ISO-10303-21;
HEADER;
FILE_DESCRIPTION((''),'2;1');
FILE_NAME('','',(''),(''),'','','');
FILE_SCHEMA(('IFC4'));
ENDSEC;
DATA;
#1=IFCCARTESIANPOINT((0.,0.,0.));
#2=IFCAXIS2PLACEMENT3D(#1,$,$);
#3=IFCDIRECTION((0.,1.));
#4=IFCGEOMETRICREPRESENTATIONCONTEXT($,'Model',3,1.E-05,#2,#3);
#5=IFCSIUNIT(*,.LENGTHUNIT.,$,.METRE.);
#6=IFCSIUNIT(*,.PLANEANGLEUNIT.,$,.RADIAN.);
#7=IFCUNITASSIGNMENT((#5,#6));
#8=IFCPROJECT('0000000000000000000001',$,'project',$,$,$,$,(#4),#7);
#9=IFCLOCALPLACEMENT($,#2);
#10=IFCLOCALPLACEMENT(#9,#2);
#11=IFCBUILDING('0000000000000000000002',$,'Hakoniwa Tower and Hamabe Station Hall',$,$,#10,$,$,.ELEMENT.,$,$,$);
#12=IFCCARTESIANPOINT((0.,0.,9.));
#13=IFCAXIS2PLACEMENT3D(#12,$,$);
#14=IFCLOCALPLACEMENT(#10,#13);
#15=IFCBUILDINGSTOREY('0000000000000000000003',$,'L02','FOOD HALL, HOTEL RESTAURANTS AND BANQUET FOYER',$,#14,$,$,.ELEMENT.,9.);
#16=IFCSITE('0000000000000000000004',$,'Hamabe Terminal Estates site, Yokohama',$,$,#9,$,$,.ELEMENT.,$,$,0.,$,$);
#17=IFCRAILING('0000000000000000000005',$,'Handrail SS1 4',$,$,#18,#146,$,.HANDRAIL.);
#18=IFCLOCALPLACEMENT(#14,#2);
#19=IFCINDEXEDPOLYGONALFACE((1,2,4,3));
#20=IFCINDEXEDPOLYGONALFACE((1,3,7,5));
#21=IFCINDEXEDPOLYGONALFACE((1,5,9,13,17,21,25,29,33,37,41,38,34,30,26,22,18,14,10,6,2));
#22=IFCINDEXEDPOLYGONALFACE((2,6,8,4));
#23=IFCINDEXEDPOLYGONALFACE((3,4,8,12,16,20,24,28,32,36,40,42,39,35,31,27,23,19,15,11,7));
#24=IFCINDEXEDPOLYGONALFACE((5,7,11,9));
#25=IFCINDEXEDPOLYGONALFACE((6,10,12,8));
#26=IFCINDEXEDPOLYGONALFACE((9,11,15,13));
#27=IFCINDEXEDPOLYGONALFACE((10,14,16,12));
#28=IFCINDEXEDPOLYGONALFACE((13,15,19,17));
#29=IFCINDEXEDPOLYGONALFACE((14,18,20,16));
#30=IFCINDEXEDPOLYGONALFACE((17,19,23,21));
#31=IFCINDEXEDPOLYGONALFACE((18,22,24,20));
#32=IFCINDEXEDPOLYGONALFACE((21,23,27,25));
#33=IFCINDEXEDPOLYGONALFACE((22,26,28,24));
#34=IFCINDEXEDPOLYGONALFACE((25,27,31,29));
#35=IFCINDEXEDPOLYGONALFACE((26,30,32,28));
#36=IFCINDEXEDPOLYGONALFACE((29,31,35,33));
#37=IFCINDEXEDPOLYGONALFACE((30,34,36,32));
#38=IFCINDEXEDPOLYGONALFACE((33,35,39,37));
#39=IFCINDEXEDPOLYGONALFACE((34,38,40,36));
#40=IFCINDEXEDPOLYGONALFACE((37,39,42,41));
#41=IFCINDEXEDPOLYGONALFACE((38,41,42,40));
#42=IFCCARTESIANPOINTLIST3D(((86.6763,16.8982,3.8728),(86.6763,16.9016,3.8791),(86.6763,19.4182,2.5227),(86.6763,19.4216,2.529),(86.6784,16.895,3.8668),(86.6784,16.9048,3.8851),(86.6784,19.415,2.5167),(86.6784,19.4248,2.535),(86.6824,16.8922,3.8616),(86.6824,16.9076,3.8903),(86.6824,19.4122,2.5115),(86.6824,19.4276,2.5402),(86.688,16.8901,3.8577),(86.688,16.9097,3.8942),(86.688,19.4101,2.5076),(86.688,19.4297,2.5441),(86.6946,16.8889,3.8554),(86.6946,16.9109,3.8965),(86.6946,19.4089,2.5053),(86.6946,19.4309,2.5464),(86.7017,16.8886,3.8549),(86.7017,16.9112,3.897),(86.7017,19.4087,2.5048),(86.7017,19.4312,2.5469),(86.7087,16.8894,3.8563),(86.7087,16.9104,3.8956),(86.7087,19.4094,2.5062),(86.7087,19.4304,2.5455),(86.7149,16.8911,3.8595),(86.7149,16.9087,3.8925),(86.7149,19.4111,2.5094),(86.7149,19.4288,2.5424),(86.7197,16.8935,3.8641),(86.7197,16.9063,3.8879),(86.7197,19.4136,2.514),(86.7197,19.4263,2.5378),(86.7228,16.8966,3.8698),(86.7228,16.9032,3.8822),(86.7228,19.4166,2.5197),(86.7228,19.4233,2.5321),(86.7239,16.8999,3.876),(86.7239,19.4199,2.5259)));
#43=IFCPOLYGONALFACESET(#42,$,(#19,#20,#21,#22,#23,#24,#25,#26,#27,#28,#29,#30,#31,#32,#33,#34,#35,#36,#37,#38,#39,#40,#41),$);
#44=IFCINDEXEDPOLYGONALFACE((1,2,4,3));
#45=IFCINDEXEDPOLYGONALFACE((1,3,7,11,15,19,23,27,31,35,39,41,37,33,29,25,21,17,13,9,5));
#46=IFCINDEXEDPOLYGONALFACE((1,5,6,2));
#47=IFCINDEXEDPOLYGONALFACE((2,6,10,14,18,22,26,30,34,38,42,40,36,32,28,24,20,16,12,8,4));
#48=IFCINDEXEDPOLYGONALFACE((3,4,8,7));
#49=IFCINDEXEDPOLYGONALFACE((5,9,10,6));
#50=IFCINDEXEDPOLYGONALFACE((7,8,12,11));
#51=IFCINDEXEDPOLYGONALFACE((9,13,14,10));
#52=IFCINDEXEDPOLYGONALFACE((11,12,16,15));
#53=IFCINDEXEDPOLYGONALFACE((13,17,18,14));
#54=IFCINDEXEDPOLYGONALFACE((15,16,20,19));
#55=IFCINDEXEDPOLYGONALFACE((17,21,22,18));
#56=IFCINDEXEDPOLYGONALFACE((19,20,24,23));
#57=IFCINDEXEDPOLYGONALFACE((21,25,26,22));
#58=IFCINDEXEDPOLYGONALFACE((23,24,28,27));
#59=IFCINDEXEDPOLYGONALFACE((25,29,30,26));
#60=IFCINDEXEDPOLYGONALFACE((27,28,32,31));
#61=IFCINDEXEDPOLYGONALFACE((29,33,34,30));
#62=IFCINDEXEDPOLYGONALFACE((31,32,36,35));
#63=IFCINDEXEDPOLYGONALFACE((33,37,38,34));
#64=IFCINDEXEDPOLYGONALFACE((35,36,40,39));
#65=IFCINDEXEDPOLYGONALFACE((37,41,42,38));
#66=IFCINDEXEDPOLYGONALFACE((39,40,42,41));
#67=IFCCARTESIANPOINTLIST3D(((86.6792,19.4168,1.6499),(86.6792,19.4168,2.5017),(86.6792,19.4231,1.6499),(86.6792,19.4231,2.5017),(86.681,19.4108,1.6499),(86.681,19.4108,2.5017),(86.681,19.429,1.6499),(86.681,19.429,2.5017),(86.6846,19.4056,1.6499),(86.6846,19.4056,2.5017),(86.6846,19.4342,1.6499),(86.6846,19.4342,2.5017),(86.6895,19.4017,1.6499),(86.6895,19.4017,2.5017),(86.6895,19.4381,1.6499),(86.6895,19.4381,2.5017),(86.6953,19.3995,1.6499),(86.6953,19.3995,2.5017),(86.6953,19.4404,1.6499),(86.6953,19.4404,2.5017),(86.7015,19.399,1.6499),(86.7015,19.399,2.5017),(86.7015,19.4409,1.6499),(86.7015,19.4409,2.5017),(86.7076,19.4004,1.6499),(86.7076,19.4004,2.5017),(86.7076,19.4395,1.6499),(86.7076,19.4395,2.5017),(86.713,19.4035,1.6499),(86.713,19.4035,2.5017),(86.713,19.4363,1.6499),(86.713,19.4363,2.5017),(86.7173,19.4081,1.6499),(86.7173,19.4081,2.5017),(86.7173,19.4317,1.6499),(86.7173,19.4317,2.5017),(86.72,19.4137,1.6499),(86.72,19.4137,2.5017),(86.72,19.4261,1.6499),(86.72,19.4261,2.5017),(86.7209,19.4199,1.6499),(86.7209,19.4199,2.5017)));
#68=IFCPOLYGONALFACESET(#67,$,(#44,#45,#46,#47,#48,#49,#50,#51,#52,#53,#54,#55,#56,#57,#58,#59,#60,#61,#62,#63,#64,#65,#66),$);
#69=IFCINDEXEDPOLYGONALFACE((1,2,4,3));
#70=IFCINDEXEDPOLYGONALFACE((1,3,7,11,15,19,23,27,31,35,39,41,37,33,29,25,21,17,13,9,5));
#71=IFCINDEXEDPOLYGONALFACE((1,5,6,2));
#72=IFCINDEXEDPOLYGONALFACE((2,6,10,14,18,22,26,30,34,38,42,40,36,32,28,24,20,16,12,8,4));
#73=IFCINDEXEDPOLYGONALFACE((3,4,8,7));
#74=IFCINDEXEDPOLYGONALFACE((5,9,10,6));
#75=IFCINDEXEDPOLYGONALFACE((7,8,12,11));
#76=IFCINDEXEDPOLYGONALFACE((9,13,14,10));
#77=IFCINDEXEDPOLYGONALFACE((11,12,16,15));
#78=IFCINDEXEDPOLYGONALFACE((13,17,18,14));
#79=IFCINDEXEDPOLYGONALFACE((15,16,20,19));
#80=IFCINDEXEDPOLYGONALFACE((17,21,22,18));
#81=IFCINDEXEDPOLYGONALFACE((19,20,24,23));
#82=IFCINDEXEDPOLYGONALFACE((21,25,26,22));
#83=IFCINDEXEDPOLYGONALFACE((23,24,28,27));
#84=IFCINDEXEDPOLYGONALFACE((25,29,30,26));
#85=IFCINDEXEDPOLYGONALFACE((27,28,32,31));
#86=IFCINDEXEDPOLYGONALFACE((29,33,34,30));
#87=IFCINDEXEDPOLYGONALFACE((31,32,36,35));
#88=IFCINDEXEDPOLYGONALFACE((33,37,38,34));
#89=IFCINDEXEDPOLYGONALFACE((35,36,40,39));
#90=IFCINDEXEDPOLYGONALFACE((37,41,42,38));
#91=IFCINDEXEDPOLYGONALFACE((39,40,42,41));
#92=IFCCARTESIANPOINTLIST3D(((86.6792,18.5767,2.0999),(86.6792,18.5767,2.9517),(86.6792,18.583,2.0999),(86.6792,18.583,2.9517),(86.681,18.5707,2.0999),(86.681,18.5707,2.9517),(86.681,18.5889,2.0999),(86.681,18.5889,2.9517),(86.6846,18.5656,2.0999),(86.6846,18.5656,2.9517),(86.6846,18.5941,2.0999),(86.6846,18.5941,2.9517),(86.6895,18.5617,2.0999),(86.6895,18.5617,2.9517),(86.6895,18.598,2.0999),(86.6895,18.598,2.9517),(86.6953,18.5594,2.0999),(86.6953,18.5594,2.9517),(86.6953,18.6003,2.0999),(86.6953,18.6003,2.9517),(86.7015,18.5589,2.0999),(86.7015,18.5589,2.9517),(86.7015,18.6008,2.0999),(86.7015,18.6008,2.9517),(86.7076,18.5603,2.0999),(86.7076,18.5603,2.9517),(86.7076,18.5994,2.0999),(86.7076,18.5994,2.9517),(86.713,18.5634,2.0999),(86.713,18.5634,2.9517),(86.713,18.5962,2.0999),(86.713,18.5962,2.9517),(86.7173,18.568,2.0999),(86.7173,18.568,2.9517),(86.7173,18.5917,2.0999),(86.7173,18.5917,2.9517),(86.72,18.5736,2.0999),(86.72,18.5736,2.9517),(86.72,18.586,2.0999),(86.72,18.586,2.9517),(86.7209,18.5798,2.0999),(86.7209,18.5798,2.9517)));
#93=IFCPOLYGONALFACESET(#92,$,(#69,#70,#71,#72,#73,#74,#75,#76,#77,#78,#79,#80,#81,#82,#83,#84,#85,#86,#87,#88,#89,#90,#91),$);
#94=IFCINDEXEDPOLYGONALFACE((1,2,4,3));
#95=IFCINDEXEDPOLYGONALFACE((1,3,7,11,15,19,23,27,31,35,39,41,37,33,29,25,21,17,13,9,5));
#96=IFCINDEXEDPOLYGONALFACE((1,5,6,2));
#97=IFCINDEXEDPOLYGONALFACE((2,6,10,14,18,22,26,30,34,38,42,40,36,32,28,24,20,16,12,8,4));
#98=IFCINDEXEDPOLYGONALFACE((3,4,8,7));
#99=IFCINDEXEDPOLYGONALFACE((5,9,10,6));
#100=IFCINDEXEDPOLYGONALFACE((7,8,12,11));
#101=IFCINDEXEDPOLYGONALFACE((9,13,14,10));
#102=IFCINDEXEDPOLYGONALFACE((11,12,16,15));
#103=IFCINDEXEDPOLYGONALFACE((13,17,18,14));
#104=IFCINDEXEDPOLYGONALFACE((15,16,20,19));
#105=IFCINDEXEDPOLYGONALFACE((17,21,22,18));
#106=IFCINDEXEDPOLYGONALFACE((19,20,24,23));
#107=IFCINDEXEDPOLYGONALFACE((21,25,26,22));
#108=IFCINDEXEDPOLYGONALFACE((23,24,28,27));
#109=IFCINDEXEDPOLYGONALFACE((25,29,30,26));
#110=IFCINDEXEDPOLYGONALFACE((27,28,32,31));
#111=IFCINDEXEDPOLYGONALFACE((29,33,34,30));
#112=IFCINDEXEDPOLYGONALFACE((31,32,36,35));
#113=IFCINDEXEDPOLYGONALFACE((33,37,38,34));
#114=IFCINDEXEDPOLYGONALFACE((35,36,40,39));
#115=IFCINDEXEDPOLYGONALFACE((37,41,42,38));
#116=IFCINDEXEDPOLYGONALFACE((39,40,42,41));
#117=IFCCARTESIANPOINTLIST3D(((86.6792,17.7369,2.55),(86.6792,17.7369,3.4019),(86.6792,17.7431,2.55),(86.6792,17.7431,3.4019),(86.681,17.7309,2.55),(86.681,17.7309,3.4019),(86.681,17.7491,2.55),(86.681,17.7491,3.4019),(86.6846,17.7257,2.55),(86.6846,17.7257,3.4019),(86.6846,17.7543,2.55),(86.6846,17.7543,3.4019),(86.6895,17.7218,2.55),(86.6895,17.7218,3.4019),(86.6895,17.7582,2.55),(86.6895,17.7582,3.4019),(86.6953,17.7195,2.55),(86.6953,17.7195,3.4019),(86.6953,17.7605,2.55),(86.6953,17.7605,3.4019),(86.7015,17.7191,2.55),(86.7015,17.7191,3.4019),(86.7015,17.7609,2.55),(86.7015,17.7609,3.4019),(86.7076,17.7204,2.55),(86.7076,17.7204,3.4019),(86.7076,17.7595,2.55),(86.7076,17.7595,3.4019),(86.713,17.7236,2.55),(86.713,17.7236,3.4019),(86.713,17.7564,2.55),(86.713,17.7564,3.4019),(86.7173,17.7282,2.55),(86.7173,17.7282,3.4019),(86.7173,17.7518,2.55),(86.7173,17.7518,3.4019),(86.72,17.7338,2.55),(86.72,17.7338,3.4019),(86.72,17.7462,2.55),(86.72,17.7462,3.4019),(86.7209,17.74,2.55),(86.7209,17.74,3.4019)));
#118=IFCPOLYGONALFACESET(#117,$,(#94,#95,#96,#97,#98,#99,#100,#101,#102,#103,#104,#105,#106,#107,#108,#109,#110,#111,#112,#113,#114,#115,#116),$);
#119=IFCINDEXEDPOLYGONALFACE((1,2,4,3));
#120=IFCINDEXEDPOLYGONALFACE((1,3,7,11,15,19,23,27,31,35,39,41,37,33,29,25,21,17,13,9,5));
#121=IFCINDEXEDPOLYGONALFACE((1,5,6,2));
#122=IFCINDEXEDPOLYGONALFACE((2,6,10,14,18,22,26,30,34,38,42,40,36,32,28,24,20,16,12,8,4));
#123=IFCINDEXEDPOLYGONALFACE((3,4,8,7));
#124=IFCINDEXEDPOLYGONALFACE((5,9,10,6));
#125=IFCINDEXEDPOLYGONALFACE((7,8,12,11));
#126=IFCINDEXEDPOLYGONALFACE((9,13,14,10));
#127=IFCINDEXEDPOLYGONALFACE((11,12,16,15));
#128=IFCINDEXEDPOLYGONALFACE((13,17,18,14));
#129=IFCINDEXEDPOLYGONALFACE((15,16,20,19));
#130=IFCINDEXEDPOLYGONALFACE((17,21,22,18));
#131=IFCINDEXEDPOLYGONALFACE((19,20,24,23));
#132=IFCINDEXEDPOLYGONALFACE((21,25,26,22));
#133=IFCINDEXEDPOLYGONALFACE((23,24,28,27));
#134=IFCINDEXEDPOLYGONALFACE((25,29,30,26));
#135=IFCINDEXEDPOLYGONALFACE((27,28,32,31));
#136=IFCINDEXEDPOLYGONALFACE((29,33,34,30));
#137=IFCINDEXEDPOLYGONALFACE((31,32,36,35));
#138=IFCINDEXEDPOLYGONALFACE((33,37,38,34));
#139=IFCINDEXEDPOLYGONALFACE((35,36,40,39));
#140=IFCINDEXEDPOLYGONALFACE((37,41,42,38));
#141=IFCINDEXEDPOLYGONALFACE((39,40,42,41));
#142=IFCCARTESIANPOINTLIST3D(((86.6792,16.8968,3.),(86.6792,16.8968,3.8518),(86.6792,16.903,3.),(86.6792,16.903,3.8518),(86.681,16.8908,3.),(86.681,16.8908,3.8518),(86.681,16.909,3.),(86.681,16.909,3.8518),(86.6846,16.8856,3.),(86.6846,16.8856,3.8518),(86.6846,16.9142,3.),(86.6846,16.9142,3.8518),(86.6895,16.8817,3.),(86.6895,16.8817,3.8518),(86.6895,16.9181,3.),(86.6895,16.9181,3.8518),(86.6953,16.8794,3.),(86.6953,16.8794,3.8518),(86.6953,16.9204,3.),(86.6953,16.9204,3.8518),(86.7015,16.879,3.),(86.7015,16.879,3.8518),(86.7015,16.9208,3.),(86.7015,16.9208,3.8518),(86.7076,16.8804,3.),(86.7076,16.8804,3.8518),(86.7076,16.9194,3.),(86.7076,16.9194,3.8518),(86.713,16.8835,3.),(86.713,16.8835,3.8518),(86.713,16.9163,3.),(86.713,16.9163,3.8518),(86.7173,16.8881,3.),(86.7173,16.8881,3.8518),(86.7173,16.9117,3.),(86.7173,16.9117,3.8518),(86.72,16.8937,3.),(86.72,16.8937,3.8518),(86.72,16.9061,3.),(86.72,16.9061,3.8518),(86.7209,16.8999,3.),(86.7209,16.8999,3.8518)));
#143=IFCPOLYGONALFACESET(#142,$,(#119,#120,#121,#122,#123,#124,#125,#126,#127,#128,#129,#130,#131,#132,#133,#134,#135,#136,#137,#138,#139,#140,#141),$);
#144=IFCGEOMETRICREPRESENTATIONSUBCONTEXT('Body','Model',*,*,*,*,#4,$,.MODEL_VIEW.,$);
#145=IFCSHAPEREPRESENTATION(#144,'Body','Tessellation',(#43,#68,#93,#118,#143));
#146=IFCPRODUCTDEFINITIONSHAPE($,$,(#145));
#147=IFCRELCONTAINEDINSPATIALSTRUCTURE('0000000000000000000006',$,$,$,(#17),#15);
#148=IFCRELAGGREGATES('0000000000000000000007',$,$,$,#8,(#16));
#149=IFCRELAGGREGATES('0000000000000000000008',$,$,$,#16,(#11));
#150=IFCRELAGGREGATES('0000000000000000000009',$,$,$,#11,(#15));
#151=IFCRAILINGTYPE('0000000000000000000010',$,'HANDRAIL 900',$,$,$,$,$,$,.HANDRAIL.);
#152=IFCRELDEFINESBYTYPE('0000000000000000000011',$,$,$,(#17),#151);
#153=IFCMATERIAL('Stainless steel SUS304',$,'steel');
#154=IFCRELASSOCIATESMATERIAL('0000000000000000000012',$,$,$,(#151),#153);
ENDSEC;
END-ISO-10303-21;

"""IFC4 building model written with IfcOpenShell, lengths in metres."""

from ifc_helpers import new_model, si_unit, direction, frame, origin, origin_2d, place, context, subcontext, project, spatial, circle, extrude, material, type_object, element, save


model = new_model("IFC4")

# Units and contexts
model_context = context("Model", 3, precision=1e-05, world=origin(), true_north=direction((0.0, 1.0)))
body_context = subcontext(model_context, "Body", "Model", "MODEL_VIEW")
ifc_project = project(units=[si_unit("LENGTHUNIT", "METRE"), si_unit("PLANEANGLEUNIT", "RADIAN")], contexts=[model_context])

# Site, building, storey
site_placement = place(None, origin())
site = spatial("IfcSite", under=ifc_project, at=site_placement, Name="Hamabe Terminal Estates site, Yokohama", CompositionType="ELEMENT", RefElevation=0.0)
building_placement = place(site_placement, origin())
building = spatial("IfcBuilding", under=site, at=building_placement, Name="Hakoniwa Tower and Hamabe Station Hall", CompositionType="ELEMENT")
storey_placement = place(building_placement, frame((0.0, 0.0, 9.0)))
storey = spatial("IfcBuildingStorey", under=building, at=storey_placement, Name="L02", Description="FOOD HALL, HOTEL RESTAURANTS AND BANQUET FOYER", CompositionType="ELEMENT", Elevation=9.0)

# Railing
ifc_material_1 = material(Name="Stainless steel SUS304", Category="steel")
railing_type = type_object("IfcRailingType", Name="HANDRAIL 900", PredefinedType="HANDRAIL", material=ifc_material_1)
for number, where, name in (
    (1, (86.7, 19.4199, 1.6499), "Handrail SS1 4"),
):
    element("IfcRailing", number, at=place(storey_placement, frame(where)), inside=storey, type_object=railing_type, Name=name, PredefinedType="HANDRAIL", context=body_context, shape_type="SweptSolid", body=[
        extrude(circle(Radius=0.0239, at=origin_2d()), frame((0.0, 0.0, 0.876), z_axis=(0.0, -0.881467, 0.472245), x_axis=(1.0, 0.0, 0.0)), (0.0, 0.0, 1.0), 2.8589),
        extrude(circle(Radius=0.021, at=origin_2d()), origin(), (0.0, 0.0, 1.0), 0.8518),
        extrude(circle(Radius=0.021, at=origin_2d()), frame((0.0, -0.8401, 0.45)), (0.0, 0.0, 1.0), 0.8518),
        extrude(circle(Radius=0.021, at=origin_2d()), frame((0.0, -1.6799, 0.9001)), (0.0, 0.0, 1.0), 0.8518),
        extrude(circle(Radius=0.021, at=origin_2d()), frame((0.0, -2.52, 1.3501)), (0.0, 0.0, 1.0), 0.8518),
    ])

save(model, "model.ifc")
